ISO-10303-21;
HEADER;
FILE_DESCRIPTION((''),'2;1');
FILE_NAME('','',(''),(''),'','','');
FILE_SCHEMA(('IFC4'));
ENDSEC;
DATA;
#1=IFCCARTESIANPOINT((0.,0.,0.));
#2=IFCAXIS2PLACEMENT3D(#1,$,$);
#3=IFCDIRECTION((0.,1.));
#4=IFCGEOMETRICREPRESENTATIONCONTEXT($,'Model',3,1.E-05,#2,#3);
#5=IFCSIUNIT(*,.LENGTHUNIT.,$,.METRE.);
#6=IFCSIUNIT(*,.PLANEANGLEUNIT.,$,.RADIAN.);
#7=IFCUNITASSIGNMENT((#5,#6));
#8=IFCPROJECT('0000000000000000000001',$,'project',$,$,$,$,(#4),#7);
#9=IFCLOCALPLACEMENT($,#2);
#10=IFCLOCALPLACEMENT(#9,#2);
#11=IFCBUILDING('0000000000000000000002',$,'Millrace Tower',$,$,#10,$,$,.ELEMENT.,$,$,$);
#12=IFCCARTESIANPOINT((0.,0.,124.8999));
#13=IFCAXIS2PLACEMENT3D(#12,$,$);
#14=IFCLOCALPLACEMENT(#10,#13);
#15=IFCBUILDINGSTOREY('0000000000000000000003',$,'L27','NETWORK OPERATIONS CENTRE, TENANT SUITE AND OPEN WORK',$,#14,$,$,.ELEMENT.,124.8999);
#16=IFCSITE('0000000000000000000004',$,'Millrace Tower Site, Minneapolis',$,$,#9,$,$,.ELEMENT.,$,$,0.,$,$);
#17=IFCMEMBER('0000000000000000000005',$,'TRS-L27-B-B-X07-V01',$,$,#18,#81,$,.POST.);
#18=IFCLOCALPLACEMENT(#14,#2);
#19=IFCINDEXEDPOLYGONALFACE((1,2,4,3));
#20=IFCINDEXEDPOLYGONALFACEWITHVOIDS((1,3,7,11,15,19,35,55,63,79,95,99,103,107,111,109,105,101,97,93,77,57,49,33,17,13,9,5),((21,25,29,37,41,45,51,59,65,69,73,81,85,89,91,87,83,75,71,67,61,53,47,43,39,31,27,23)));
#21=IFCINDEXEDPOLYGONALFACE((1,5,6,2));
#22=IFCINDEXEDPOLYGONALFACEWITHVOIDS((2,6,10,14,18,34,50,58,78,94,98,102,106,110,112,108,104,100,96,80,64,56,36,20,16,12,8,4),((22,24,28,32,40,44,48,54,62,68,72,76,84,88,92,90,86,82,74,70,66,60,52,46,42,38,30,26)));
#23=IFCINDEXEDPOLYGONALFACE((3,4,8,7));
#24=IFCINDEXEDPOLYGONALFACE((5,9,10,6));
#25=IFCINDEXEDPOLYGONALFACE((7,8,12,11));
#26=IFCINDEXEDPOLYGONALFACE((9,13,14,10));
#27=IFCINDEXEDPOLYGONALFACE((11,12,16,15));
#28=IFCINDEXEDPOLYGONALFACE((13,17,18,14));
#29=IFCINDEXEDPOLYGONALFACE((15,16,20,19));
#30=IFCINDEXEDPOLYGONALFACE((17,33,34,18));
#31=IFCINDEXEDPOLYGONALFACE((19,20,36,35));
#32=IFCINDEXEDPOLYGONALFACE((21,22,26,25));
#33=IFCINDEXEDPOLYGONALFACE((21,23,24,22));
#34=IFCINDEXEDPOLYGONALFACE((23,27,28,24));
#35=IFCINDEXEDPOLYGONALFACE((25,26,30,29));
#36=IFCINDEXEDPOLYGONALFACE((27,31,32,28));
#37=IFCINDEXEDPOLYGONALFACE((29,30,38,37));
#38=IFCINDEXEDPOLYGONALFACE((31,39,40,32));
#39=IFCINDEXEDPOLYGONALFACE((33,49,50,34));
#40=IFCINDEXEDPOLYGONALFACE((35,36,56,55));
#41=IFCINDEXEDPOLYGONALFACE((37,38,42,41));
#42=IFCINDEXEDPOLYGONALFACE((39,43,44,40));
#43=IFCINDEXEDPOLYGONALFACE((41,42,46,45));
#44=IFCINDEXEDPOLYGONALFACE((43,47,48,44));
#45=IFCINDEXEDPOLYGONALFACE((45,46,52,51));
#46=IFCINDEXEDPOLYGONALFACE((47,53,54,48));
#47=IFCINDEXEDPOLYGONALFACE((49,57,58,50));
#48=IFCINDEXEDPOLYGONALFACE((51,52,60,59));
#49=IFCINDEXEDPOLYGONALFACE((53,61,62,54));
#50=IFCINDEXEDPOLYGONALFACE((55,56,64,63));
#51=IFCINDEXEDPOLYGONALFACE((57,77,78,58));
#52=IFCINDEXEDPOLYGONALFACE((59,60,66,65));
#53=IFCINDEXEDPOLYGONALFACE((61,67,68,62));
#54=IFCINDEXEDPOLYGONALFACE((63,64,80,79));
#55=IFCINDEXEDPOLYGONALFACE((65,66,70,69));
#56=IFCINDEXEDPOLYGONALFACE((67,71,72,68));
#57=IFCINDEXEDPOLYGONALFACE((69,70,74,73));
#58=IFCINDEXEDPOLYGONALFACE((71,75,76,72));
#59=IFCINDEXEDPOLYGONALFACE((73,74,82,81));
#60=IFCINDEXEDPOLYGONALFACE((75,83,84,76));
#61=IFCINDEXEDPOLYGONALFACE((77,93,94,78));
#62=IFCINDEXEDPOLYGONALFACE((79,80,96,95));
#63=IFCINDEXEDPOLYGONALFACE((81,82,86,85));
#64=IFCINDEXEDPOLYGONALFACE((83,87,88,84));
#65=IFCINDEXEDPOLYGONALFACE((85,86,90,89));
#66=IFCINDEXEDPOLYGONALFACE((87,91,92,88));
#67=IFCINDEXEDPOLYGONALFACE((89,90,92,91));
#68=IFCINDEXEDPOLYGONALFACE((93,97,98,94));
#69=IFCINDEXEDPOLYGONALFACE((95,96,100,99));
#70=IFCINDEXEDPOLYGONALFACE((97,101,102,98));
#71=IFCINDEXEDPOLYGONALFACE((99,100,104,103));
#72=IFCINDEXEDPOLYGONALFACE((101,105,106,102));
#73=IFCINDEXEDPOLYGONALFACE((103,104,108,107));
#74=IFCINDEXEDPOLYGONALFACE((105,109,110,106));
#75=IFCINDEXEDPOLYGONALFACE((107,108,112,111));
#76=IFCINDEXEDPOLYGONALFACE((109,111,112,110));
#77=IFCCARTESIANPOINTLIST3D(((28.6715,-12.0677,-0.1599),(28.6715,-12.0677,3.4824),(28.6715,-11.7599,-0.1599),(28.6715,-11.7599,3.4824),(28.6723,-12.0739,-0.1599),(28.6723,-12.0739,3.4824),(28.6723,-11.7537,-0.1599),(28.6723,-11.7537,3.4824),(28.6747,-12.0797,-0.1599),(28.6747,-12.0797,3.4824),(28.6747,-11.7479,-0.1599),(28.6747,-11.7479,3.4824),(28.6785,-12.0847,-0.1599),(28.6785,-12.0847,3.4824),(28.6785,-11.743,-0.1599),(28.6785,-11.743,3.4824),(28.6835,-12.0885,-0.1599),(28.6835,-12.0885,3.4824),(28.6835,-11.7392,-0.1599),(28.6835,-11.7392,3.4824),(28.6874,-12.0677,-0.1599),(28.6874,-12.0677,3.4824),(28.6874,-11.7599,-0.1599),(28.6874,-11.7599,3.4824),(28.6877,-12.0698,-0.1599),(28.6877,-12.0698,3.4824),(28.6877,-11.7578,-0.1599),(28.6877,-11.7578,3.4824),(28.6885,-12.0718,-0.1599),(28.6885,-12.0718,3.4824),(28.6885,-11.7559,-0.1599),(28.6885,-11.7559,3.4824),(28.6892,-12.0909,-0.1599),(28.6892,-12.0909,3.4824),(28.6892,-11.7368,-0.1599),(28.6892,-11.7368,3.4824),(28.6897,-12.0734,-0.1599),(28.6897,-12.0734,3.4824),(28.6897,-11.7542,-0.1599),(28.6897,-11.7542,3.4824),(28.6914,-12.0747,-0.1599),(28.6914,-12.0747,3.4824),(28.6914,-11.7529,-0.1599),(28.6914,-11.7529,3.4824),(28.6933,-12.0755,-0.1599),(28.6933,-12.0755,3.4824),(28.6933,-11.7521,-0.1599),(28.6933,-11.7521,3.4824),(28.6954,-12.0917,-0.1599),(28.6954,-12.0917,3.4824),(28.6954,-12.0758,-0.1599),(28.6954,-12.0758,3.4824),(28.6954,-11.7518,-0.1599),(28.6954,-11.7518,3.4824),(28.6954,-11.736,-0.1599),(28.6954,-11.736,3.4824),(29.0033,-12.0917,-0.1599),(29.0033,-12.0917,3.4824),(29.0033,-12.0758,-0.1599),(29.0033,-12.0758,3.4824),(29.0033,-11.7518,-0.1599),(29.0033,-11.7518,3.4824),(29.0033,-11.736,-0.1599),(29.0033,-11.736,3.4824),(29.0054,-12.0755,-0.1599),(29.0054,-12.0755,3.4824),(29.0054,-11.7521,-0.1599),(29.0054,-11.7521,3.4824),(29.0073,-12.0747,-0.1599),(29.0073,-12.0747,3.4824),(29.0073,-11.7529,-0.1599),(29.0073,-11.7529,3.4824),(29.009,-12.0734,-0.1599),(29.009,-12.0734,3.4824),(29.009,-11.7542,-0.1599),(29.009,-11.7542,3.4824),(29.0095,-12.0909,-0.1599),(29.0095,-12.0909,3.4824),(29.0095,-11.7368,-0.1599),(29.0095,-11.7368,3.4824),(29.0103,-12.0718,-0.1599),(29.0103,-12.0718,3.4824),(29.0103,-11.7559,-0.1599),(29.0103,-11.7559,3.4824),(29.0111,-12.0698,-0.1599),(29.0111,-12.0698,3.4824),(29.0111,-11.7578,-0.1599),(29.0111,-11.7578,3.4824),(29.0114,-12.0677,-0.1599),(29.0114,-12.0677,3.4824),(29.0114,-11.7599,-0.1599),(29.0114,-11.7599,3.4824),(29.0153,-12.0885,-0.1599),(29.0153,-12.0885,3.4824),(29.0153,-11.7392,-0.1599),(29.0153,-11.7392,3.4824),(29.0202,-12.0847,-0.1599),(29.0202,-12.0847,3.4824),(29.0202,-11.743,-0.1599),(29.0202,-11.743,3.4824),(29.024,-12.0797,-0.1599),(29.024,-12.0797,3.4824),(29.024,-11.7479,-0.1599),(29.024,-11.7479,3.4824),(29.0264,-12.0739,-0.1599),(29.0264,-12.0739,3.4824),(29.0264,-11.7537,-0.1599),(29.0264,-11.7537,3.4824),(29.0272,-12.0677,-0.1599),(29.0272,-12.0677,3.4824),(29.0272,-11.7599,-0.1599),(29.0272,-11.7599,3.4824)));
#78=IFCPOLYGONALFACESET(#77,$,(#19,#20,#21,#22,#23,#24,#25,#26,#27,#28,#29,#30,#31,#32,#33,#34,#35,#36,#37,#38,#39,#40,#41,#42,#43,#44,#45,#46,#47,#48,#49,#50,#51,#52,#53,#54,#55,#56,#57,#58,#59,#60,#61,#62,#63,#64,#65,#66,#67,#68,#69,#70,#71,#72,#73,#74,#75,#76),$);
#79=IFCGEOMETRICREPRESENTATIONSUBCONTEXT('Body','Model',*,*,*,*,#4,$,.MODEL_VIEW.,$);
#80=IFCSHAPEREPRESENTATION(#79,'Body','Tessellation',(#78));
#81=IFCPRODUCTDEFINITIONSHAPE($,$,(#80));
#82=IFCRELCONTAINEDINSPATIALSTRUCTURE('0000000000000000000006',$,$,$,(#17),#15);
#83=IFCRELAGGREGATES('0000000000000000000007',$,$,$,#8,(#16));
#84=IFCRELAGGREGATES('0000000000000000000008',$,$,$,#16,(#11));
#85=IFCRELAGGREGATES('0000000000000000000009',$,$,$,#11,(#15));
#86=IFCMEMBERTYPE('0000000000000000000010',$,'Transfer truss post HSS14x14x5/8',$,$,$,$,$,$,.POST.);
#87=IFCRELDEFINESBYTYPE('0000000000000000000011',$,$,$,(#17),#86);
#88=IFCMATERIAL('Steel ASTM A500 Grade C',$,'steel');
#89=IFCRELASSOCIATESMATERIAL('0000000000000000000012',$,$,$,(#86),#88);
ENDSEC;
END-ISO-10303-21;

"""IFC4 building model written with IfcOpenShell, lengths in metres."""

from ifc_helpers import new_model, si_unit, direction, frame, origin, origin_2d, place, context, subcontext, project, spatial, hollow_rectangle, extrude, material, material_profile, profile_set, type_object, element, save


model = new_model("IFC4")

# Units and contexts
model_context = context("Model", 3, precision=1e-05, world=origin(), true_north=direction((0.0, 1.0)))
body_context = subcontext(model_context, "Body", "Model", "MODEL_VIEW")
ifc_project = project(units=[si_unit("LENGTHUNIT", "METRE"), si_unit("PLANEANGLEUNIT", "RADIAN")], contexts=[model_context])

# Site, building, storey
site_placement = place(None, origin())
site = spatial("IfcSite", under=ifc_project, at=site_placement, Name="Millrace Tower Site, Minneapolis", CompositionType="ELEMENT", RefElevation=0.0)
building_placement = place(site_placement, origin())
building = spatial("IfcBuilding", under=site, at=building_placement, Name="Millrace Tower", CompositionType="ELEMENT")
storey_placement = place(building_placement, frame((0.0, 0.0, 124.8999)))
storey = spatial("IfcBuildingStorey", under=building, at=storey_placement, Name="L27", Description="NETWORK OPERATIONS CENTRE, TENANT SUITE AND OPEN WORK", CompositionType="ELEMENT", Elevation=124.8999)

# Member
ifc_material_1 = material(Name="Steel ASTM A500 Grade C", Category="steel")
ifc_material_profile_1 = material_profile(ifc_material_1, hollow_rectangle(XDim=0.3557, YDim=0.3557, WallThickness=0.0159, InnerFilletRadius=0.0081, OuterFilletRadius=0.0239, at=origin_2d()))
ifc_profile_set_1 = profile_set([ifc_material_profile_1], Name="Steel ASTM A500 Grade C")
member_type_1 = type_object("IfcMemberType", Name="Transfer truss post HSS14x14x5/8", PredefinedType="POST", material=ifc_profile_set_1)
for number, where, z_axis, x_axis, name in (
    (1, (28.8494, -11.9138, -0.1599), (0.0, 0.0, 1.0), (1.0, 0.0, 0.0), "TRS-L27-B-B-X07-V01"),
):
    element("IfcMember", number, at=place(storey_placement, frame(where, z_axis=z_axis, x_axis=x_axis)), inside=storey, type_object=member_type_1, Name=name, PredefinedType="POST", context=body_context, shape_type="SweptSolid", body=[
        extrude(hollow_rectangle(XDim=0.3557, YDim=0.3557, WallThickness=0.0159, InnerFilletRadius=0.0081, OuterFilletRadius=0.0239, at=origin_2d()), origin(), (0.0, 0.0, 1.0), 3.6423),
    ])

save(model, "model.ifc")
